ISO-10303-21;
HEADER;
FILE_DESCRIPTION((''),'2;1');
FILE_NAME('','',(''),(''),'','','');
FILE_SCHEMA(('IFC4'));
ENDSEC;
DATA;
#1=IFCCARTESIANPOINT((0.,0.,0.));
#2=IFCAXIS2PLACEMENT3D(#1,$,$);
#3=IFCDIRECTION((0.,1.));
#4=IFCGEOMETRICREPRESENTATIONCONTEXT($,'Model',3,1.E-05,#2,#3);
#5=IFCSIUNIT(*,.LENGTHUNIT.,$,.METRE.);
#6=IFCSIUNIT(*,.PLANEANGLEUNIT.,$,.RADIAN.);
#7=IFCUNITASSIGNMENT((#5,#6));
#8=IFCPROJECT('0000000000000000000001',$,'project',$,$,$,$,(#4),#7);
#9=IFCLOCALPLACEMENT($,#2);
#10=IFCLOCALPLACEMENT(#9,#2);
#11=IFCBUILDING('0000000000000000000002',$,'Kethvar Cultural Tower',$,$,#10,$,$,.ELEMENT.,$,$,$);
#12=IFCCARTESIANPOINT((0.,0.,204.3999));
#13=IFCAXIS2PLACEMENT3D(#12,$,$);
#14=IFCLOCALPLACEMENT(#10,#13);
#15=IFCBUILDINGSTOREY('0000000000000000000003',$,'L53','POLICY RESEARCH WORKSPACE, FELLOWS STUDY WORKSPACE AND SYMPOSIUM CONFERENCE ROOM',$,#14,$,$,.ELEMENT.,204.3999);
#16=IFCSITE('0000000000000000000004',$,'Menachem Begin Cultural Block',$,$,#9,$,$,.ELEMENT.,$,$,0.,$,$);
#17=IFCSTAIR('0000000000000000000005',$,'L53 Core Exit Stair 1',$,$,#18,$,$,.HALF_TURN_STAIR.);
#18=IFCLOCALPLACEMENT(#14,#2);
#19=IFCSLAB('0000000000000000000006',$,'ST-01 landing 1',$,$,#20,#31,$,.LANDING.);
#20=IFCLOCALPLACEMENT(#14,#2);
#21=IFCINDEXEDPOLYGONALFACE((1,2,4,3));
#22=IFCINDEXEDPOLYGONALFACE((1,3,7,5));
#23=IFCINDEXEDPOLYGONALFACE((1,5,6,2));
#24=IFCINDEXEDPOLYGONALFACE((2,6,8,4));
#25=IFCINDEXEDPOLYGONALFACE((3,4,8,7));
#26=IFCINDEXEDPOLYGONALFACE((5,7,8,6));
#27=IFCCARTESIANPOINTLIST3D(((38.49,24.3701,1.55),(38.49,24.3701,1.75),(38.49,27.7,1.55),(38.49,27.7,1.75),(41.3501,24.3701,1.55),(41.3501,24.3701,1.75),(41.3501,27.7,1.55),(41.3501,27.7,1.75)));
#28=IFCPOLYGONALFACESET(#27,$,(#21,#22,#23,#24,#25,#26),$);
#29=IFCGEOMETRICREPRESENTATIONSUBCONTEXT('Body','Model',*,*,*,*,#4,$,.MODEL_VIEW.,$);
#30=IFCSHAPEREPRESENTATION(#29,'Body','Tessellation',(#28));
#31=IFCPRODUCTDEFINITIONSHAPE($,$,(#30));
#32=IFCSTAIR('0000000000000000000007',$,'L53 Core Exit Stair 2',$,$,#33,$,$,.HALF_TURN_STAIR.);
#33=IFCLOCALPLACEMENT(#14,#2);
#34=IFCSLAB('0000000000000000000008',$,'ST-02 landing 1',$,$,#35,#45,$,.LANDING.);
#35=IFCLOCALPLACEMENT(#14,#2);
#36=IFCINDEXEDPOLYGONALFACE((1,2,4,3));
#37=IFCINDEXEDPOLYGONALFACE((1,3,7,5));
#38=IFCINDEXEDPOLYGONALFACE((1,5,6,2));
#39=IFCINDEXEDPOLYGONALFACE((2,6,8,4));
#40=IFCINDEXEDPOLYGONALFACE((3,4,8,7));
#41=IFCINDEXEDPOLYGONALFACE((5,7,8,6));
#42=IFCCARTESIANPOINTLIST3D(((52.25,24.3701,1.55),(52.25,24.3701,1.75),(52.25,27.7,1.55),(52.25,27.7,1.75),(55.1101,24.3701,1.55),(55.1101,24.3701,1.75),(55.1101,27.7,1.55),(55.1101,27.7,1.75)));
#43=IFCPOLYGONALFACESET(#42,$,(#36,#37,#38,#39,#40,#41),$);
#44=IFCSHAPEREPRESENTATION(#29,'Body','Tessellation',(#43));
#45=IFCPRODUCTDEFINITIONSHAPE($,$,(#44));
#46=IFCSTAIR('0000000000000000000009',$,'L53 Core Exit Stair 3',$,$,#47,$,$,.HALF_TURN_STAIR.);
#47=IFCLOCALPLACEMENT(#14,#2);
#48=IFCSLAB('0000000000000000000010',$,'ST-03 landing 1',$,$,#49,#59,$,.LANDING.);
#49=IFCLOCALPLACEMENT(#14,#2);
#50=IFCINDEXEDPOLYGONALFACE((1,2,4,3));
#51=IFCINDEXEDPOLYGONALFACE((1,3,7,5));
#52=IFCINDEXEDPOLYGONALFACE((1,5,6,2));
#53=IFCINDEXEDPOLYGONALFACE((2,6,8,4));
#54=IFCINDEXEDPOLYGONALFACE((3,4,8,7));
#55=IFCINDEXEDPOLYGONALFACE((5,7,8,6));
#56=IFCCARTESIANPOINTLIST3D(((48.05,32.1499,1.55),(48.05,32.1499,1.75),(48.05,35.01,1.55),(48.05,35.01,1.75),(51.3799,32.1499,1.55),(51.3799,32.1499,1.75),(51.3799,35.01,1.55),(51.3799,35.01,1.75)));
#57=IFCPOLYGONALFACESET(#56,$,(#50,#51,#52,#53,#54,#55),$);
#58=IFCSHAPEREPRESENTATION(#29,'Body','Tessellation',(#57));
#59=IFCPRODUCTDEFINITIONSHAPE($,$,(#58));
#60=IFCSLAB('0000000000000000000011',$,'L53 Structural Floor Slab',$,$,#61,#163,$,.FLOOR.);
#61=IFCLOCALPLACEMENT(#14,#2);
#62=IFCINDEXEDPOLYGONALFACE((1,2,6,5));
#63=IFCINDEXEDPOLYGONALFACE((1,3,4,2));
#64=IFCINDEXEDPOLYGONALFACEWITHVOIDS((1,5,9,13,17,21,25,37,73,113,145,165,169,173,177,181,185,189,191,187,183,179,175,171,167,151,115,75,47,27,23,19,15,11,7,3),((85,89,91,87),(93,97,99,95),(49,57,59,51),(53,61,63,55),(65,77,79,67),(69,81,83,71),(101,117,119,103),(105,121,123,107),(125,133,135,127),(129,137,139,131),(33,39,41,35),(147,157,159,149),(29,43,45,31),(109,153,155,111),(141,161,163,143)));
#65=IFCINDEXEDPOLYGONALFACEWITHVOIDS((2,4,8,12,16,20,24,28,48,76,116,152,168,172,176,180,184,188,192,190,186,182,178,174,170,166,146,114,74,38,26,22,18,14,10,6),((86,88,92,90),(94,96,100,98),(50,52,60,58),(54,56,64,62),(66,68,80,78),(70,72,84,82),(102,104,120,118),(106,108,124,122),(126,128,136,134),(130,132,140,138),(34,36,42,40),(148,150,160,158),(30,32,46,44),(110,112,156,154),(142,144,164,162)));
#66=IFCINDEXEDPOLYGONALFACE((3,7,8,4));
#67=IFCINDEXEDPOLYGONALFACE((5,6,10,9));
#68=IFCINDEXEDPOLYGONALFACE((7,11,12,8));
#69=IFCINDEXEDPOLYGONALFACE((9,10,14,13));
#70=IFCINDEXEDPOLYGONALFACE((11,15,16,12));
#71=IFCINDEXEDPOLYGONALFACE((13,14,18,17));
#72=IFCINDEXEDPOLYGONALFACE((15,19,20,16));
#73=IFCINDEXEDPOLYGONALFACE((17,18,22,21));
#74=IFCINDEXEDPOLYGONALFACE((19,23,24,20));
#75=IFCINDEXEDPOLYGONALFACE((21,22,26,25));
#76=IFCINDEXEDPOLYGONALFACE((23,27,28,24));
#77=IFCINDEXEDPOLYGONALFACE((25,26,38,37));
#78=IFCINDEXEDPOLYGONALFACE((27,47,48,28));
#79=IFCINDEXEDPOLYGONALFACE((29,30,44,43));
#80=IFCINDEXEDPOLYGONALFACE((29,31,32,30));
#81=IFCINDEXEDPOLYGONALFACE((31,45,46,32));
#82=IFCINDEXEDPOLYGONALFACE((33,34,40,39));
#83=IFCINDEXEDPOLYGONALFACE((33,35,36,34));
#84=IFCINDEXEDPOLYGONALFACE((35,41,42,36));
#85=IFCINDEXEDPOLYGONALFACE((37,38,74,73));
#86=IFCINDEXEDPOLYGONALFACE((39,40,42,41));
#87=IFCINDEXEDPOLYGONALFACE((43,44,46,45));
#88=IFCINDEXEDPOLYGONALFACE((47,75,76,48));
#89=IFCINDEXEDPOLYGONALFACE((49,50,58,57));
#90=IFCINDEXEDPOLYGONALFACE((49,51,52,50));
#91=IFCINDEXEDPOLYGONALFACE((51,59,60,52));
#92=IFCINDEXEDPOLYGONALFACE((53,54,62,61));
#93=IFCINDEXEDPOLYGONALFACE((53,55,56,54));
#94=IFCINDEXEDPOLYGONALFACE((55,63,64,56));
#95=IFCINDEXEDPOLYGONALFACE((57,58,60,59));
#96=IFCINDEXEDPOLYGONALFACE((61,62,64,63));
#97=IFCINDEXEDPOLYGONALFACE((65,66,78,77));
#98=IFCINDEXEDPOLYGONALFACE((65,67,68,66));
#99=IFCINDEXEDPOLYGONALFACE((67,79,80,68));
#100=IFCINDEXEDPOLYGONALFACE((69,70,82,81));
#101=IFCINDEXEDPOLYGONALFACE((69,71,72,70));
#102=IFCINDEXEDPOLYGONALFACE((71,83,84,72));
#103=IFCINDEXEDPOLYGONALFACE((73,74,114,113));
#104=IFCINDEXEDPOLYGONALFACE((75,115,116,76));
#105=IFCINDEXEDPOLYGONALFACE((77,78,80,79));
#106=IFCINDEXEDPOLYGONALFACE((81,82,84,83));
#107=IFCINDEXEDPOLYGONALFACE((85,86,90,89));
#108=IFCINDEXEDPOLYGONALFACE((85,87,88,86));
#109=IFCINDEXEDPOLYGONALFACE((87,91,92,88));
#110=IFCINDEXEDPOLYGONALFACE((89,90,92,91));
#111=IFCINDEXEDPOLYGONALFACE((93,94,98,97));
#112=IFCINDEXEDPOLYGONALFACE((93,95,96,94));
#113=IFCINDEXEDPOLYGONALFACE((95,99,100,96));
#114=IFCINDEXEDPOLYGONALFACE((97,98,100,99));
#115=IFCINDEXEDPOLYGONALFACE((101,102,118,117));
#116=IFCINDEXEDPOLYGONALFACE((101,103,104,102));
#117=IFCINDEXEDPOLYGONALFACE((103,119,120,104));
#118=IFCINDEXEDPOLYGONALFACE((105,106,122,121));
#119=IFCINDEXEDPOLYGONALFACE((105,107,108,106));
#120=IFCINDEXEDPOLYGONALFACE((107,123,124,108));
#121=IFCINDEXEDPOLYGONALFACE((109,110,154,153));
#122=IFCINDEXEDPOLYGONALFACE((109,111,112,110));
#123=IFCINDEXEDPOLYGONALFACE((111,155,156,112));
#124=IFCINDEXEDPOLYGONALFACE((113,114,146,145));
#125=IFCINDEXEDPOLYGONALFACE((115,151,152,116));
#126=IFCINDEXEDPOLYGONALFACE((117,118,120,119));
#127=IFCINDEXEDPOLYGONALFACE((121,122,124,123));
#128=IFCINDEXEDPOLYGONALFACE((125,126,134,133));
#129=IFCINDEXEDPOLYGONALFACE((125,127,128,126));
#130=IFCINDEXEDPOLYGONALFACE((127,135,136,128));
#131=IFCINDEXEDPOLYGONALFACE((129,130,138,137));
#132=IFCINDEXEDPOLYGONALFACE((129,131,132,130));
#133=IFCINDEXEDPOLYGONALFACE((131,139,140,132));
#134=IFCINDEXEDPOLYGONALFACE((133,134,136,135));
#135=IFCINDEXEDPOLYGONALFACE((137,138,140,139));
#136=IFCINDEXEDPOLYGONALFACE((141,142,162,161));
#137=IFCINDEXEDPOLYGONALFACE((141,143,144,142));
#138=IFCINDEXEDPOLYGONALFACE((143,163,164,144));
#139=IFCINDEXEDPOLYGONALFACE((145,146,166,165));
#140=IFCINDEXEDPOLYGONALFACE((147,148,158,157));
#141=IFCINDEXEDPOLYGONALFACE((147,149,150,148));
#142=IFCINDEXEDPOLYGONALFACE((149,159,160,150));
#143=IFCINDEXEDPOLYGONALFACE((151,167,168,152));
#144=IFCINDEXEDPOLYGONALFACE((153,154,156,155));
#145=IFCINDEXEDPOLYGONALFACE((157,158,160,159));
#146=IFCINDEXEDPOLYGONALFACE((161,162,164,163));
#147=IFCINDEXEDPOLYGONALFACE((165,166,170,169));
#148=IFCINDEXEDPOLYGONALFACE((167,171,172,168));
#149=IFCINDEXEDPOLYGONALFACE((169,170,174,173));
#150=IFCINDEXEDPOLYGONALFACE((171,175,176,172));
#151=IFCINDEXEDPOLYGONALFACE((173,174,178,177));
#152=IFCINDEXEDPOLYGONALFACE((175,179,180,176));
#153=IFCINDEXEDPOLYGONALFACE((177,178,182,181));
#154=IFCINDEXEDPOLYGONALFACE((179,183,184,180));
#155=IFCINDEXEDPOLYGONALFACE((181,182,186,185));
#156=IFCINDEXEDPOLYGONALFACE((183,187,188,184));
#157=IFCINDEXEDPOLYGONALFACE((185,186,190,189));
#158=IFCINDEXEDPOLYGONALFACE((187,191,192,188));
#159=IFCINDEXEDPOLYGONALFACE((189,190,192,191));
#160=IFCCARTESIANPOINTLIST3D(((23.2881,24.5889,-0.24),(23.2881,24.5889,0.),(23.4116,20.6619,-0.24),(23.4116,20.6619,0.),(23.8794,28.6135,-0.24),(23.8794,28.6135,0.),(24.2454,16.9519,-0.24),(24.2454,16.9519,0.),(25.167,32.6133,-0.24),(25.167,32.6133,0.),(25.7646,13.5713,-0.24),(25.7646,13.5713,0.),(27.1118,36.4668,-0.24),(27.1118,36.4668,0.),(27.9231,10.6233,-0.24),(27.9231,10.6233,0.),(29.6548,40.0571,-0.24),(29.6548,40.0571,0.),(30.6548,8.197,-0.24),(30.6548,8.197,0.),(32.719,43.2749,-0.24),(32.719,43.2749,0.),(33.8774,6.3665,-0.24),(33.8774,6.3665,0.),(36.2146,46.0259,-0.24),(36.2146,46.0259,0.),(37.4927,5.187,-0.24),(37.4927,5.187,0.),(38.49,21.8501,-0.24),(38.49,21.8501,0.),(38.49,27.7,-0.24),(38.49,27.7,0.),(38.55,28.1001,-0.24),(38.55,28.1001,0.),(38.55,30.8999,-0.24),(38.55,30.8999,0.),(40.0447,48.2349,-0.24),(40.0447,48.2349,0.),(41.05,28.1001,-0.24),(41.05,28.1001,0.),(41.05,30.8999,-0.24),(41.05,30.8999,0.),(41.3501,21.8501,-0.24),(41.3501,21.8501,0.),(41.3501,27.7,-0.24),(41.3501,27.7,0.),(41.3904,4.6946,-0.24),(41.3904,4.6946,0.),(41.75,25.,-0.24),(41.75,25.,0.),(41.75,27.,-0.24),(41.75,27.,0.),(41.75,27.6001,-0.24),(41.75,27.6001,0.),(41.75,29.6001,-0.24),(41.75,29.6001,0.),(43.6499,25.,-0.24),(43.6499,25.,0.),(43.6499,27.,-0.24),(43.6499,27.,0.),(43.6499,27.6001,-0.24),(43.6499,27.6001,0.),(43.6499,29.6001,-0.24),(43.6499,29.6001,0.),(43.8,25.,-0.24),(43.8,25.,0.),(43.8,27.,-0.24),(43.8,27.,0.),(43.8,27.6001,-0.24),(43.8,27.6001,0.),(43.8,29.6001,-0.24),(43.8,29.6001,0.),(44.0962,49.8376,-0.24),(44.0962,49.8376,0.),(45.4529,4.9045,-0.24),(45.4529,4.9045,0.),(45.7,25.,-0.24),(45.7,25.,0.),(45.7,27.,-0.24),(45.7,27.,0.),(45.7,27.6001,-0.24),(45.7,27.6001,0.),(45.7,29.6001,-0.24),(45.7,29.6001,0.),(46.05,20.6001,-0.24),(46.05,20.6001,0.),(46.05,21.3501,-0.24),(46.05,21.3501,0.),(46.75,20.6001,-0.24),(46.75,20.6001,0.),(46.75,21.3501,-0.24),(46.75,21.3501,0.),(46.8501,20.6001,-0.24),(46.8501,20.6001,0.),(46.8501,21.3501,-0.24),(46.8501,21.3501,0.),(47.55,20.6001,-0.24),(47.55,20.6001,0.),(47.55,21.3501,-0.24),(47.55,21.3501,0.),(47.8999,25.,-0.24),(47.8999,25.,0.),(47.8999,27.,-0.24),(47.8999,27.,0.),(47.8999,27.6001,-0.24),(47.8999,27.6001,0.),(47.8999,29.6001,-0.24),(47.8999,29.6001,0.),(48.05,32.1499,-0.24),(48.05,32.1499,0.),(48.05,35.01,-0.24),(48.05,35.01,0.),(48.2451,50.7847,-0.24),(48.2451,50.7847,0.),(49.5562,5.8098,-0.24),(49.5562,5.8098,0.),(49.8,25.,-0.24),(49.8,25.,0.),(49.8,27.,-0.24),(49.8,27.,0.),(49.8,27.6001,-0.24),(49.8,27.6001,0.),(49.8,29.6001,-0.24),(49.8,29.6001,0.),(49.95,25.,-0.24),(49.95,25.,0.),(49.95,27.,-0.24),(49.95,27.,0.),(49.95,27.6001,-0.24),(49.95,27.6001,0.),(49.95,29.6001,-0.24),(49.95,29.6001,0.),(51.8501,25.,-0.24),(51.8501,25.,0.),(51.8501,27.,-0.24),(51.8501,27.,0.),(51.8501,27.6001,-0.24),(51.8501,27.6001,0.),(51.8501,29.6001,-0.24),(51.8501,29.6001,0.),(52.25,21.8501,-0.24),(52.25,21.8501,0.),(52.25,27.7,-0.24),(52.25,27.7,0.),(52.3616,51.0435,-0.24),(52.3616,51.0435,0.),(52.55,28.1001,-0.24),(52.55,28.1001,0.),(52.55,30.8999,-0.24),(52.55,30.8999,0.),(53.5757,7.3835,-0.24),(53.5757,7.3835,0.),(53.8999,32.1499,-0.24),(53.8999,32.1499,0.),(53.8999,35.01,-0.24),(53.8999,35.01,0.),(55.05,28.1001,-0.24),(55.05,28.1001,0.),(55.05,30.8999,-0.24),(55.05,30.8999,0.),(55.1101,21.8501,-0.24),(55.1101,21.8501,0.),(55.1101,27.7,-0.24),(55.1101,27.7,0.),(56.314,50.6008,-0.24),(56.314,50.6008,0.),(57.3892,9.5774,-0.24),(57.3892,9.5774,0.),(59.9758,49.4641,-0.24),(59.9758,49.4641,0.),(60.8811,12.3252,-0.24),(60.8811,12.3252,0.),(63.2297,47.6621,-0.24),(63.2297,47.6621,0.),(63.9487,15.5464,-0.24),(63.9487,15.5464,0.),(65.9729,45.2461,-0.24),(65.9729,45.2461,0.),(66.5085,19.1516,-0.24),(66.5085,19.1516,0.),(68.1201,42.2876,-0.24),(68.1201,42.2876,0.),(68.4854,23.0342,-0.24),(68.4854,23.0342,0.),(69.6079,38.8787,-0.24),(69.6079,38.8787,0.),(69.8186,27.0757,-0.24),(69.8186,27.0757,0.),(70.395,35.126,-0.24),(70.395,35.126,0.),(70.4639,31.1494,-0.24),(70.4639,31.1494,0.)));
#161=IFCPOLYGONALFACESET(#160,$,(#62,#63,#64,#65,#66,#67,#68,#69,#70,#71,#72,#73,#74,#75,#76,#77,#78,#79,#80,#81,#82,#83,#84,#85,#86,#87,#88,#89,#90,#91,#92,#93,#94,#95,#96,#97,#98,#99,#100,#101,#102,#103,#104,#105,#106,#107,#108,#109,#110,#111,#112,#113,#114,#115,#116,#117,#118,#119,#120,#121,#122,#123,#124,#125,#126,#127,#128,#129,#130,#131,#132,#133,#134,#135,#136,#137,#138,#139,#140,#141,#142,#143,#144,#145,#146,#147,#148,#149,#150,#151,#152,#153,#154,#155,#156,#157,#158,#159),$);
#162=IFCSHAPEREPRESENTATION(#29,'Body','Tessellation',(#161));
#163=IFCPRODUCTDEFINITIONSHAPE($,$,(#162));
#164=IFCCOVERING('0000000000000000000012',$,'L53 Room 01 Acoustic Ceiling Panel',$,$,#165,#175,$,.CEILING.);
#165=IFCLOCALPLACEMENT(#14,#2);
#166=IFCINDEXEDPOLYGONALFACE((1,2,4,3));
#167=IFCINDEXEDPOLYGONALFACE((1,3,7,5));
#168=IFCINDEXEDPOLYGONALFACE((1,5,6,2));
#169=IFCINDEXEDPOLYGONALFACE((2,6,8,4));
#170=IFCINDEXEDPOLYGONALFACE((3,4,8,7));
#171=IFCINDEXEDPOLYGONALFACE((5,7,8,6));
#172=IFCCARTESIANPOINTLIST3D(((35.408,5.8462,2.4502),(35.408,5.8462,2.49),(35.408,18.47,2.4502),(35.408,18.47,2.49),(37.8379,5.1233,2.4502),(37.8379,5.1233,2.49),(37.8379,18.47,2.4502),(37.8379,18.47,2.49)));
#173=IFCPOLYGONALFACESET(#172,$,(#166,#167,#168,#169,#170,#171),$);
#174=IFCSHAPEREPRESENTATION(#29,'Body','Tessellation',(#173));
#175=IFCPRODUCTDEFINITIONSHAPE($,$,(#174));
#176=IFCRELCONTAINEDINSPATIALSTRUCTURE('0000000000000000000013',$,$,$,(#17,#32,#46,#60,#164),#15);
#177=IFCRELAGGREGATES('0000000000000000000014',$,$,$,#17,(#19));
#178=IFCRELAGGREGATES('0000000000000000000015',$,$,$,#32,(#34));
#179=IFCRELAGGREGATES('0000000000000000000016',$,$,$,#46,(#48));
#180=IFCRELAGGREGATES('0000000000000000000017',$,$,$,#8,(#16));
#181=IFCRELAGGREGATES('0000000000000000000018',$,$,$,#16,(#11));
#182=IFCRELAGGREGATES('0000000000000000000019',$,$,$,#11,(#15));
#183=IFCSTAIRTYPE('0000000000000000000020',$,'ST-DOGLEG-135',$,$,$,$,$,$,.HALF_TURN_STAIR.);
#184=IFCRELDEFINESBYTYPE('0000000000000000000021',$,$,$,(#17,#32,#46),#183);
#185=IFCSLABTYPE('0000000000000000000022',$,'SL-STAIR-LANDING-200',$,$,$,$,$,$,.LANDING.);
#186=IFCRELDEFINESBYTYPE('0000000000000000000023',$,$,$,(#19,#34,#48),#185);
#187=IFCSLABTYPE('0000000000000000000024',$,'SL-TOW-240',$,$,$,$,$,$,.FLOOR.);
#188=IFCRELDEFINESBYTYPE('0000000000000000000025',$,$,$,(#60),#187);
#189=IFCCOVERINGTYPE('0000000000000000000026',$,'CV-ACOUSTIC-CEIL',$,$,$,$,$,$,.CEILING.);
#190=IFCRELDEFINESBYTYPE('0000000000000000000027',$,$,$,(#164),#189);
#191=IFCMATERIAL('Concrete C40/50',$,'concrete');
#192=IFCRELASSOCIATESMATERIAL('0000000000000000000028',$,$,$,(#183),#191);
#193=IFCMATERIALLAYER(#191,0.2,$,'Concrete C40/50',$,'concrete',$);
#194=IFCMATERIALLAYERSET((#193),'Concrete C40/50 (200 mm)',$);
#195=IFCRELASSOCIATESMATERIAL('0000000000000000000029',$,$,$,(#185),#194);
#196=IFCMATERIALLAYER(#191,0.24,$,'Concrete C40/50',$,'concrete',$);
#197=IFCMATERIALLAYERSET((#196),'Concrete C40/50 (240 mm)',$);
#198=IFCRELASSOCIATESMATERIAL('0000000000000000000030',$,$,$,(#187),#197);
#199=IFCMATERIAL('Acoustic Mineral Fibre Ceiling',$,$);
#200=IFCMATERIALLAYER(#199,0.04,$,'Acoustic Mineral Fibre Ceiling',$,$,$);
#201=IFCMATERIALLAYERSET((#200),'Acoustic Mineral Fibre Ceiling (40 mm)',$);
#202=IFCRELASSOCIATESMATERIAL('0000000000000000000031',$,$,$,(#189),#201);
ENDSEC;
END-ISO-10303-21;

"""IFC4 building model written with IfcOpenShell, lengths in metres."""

from ifc_helpers import new_model, si_unit, direction, frame, origin, place, context, subcontext, project, spatial, polyline, outline, extrude, material, layer, layer_set, type_object, element, aggregate, save


model = new_model("IFC4")

# Units and contexts
model_context = context("Model", 3, precision=1e-05, world=origin(), true_north=direction((0.0, 1.0)))
body_context = subcontext(model_context, "Body", "Model", "MODEL_VIEW")
ifc_project = project(units=[si_unit("LENGTHUNIT", "METRE"), si_unit("PLANEANGLEUNIT", "RADIAN")], contexts=[model_context])

# Site, building, storey
site_placement = place(None, origin())
site = spatial("IfcSite", under=ifc_project, at=site_placement, Name="Menachem Begin Cultural Block", CompositionType="ELEMENT", RefElevation=0.0)
building_placement = place(site_placement, origin())
building = spatial("IfcBuilding", under=site, at=building_placement, Name="Kethvar Cultural Tower", CompositionType="ELEMENT")
storey_placement = place(building_placement, frame((0.0, 0.0, 204.3999)))
storey = spatial("IfcBuildingStorey", under=building, at=storey_placement, Name="L53", Description="POLICY RESEARCH WORKSPACE, FELLOWS STUDY WORKSPACE AND SYMPOSIUM CONFERENCE ROOM", CompositionType="ELEMENT", Elevation=204.3999)

# Stairs, slabs
ifc_material_1 = material(Name="Concrete C40/50", Category="concrete")
stair_type = type_object("IfcStairType", Name="ST-DOGLEG-135", PredefinedType="HALF_TURN_STAIR", material=ifc_material_1)
stair_1_placement = place(storey_placement, origin())
stair_1 = element("IfcStair", 1, at=stair_1_placement, inside=storey, type_object=stair_type, Name="L53 Core Exit Stair 1", PredefinedType="HALF_TURN_STAIR")
ifc_layer_1 = layer(ifc_material_1, 0.2, Name="Concrete C40/50", Category="concrete")
ifc_layer_set_1 = layer_set([ifc_layer_1], Name="Concrete C40/50 (200 mm)")
slab_type_1 = type_object("IfcSlabType", Name="SL-STAIR-LANDING-200", PredefinedType="LANDING", material=ifc_layer_set_1)
slab_1_placement = place(storey_placement, frame((0.0, 0.0, 1.55)))
slab_1 = element("IfcSlab", 2, at=slab_1_placement, type_object=slab_type_1, Name="ST-01 landing 1", PredefinedType="LANDING", context=body_context, shape_type="SweptSolid", body=[
    extrude(outline(polyline([(41.3501, 24.3701), (41.3501, 27.7), (38.49, 27.7), (38.49, 24.3701), (41.3501, 24.3701)])), origin(), (0.0, 0.0, 1.0), 0.2),
])
aggregate(stair_1, [slab_1])
stair_2_placement = place(storey_placement, origin())
stair_2 = element("IfcStair", 3, at=stair_2_placement, inside=storey, type_object=stair_type, Name="L53 Core Exit Stair 2", PredefinedType="HALF_TURN_STAIR")
slab_2_placement = place(storey_placement, frame((0.0, 0.0, 1.55)))
slab_2 = element("IfcSlab", 4, at=slab_2_placement, type_object=slab_type_1, Name="ST-02 landing 1", PredefinedType="LANDING", context=body_context, shape_type="SweptSolid", body=[
    extrude(outline(polyline([(55.1101, 24.3701), (55.1101, 27.7), (52.25, 27.7), (52.25, 24.3701), (55.1101, 24.3701)])), origin(), (0.0, 0.0, 1.0), 0.2),
])
aggregate(stair_2, [slab_2])
stair_3_placement = place(storey_placement, origin())
stair_3 = element("IfcStair", 5, at=stair_3_placement, inside=storey, type_object=stair_type, Name="L53 Core Exit Stair 3", PredefinedType="HALF_TURN_STAIR")
slab_3_placement = place(storey_placement, frame((0.0, 0.0, 1.55)))
slab_3 = element("IfcSlab", 6, at=slab_3_placement, type_object=slab_type_1, Name="ST-03 landing 1", PredefinedType="LANDING", context=body_context, shape_type="SweptSolid", body=[
    extrude(outline(polyline([(51.3799, 35.01), (48.05, 35.01), (48.05, 32.1499), (51.3799, 32.1499), (51.3799, 35.01)])), origin(), (0.0, 0.0, 1.0), 0.2),
])
aggregate(stair_3, [slab_3])

# Slab
ifc_layer_2 = layer(ifc_material_1, 0.24, Name="Concrete C40/50", Category="concrete")
ifc_layer_set_2 = layer_set([ifc_layer_2], Name="Concrete C40/50 (240 mm)")
slab_type_2 = type_object("IfcSlabType", Name="SL-TOW-240", PredefinedType="FLOOR", material=ifc_layer_set_2)
slab_4_placement = place(storey_placement, frame((0.0, 0.0, -0.24)))
element("IfcSlab", 7, at=slab_4_placement, inside=storey, type_object=slab_type_2, Name="L53 Structural Floor Slab", PredefinedType="FLOOR", context=body_context, shape_type="SweptSolid", body=[
    extrude(outline(polyline([(65.9729, 45.2461), (63.2297, 47.6621), (59.9758, 49.4641), (56.314, 50.6008), (52.3616, 51.0435), (48.2451, 50.7847), (44.0962, 49.8376), (40.0447, 48.2349), (36.2146, 46.0259), (32.719, 43.2749), (29.6548, 40.0571), (27.1118, 36.4668), (25.167, 32.6133), (23.8794, 28.6135), (23.2881, 24.5889), (23.4116, 20.6619), (24.2454, 16.9519), (25.7646, 13.5713), (27.9231, 10.6233), (30.6548, 8.197), (33.8774, 6.3665), (37.4927, 5.187), (41.3904, 4.6946), (45.4529, 4.9045), (49.5562, 5.8098), (53.5757, 7.3835), (57.3892, 9.5774), (60.8811, 12.3252), (63.9487, 15.5464), (66.5085, 19.1516), (68.4854, 23.0342), (69.8186, 27.0757), (70.4639, 31.1494), (70.395, 35.126), (69.6079, 38.8787), (68.1201, 42.2876), (65.9729, 45.2461)]), holes=[polyline([(38.49, 21.8501), (38.49, 27.7), (41.3501, 27.7), (41.3501, 21.8501), (38.49, 21.8501)]), polyline([(52.25, 21.8501), (52.25, 27.7), (55.1101, 27.7), (55.1101, 21.8501), (52.25, 21.8501)]), polyline([(53.8999, 32.1499), (48.05, 32.1499), (48.05, 35.01), (53.8999, 35.01), (53.8999, 32.1499)]), polyline([(41.75, 27.0), (43.6499, 27.0), (43.6499, 25.0), (41.75, 25.0), (41.75, 27.0)]), polyline([(43.8, 27.0), (45.7, 27.0), (45.7, 25.0), (43.8, 25.0), (43.8, 27.0)]), polyline([(47.8999, 27.0), (49.8, 27.0), (49.8, 25.0), (47.8999, 25.0), (47.8999, 27.0)]), polyline([(49.95, 27.0), (51.8501, 27.0), (51.8501, 25.0), (49.95, 25.0), (49.95, 27.0)]), polyline([(41.75, 29.6001), (43.6499, 29.6001), (43.6499, 27.6001), (41.75, 27.6001), (41.75, 29.6001)]), polyline([(43.8, 29.6001), (45.7, 29.6001), (45.7, 27.6001), (43.8, 27.6001), (43.8, 29.6001)]), polyline([(47.8999, 29.6001), (49.8, 29.6001), (49.8, 27.6001), (47.8999, 27.6001), (47.8999, 29.6001)]), polyline([(49.95, 29.6001), (51.8501, 29.6001), (51.8501, 27.6001), (49.95, 27.6001), (49.95, 29.6001)]), polyline([(38.55, 30.8999), (41.05, 30.8999), (41.05, 28.1001), (38.55, 28.1001), (38.55, 30.8999)]), polyline([(52.55, 30.8999), (55.05, 30.8999), (55.05, 28.1001), (52.55, 28.1001), (52.55, 30.8999)]), polyline([(46.05, 21.3501), (46.75, 21.3501), (46.75, 20.6001), (46.05, 20.6001), (46.05, 21.3501)]), polyline([(46.8501, 21.3501), (47.55, 21.3501), (47.55, 20.6001), (46.8501, 20.6001), (46.8501, 21.3501)])]), origin(), (0.0, 0.0, 1.0), 0.24),
])

# Covering
ifc_material_2 = material(Name="Acoustic Mineral Fibre Ceiling")
ifc_layer_3 = layer(ifc_material_2, 0.04, Name="Acoustic Mineral Fibre Ceiling")
ifc_layer_set_3 = layer_set([ifc_layer_3], Name="Acoustic Mineral Fibre Ceiling (40 mm)")
covering_type_1 = type_object("IfcCoveringType", Name="CV-ACOUSTIC-CEIL", PredefinedType="CEILING", material=ifc_layer_set_3)
covering_1_placement = place(storey_placement, frame((0.0, 0.0, 2.4502)))
element("IfcCovering", 8, at=covering_1_placement, inside=storey, type_object=covering_type_1, Name="L53 Room 01 Acoustic Ceiling Panel", PredefinedType="CEILING", context=body_context, shape_type="SweptSolid", body=[
    extrude(outline(polyline([(37.8379, 5.1233), (35.408, 5.8462), (35.408, 18.47), (37.8379, 18.47), (37.8379, 5.1233)])), origin(), (0.0, 0.0, 1.0), 0.0398),
])

save(model, "model.ifc")
